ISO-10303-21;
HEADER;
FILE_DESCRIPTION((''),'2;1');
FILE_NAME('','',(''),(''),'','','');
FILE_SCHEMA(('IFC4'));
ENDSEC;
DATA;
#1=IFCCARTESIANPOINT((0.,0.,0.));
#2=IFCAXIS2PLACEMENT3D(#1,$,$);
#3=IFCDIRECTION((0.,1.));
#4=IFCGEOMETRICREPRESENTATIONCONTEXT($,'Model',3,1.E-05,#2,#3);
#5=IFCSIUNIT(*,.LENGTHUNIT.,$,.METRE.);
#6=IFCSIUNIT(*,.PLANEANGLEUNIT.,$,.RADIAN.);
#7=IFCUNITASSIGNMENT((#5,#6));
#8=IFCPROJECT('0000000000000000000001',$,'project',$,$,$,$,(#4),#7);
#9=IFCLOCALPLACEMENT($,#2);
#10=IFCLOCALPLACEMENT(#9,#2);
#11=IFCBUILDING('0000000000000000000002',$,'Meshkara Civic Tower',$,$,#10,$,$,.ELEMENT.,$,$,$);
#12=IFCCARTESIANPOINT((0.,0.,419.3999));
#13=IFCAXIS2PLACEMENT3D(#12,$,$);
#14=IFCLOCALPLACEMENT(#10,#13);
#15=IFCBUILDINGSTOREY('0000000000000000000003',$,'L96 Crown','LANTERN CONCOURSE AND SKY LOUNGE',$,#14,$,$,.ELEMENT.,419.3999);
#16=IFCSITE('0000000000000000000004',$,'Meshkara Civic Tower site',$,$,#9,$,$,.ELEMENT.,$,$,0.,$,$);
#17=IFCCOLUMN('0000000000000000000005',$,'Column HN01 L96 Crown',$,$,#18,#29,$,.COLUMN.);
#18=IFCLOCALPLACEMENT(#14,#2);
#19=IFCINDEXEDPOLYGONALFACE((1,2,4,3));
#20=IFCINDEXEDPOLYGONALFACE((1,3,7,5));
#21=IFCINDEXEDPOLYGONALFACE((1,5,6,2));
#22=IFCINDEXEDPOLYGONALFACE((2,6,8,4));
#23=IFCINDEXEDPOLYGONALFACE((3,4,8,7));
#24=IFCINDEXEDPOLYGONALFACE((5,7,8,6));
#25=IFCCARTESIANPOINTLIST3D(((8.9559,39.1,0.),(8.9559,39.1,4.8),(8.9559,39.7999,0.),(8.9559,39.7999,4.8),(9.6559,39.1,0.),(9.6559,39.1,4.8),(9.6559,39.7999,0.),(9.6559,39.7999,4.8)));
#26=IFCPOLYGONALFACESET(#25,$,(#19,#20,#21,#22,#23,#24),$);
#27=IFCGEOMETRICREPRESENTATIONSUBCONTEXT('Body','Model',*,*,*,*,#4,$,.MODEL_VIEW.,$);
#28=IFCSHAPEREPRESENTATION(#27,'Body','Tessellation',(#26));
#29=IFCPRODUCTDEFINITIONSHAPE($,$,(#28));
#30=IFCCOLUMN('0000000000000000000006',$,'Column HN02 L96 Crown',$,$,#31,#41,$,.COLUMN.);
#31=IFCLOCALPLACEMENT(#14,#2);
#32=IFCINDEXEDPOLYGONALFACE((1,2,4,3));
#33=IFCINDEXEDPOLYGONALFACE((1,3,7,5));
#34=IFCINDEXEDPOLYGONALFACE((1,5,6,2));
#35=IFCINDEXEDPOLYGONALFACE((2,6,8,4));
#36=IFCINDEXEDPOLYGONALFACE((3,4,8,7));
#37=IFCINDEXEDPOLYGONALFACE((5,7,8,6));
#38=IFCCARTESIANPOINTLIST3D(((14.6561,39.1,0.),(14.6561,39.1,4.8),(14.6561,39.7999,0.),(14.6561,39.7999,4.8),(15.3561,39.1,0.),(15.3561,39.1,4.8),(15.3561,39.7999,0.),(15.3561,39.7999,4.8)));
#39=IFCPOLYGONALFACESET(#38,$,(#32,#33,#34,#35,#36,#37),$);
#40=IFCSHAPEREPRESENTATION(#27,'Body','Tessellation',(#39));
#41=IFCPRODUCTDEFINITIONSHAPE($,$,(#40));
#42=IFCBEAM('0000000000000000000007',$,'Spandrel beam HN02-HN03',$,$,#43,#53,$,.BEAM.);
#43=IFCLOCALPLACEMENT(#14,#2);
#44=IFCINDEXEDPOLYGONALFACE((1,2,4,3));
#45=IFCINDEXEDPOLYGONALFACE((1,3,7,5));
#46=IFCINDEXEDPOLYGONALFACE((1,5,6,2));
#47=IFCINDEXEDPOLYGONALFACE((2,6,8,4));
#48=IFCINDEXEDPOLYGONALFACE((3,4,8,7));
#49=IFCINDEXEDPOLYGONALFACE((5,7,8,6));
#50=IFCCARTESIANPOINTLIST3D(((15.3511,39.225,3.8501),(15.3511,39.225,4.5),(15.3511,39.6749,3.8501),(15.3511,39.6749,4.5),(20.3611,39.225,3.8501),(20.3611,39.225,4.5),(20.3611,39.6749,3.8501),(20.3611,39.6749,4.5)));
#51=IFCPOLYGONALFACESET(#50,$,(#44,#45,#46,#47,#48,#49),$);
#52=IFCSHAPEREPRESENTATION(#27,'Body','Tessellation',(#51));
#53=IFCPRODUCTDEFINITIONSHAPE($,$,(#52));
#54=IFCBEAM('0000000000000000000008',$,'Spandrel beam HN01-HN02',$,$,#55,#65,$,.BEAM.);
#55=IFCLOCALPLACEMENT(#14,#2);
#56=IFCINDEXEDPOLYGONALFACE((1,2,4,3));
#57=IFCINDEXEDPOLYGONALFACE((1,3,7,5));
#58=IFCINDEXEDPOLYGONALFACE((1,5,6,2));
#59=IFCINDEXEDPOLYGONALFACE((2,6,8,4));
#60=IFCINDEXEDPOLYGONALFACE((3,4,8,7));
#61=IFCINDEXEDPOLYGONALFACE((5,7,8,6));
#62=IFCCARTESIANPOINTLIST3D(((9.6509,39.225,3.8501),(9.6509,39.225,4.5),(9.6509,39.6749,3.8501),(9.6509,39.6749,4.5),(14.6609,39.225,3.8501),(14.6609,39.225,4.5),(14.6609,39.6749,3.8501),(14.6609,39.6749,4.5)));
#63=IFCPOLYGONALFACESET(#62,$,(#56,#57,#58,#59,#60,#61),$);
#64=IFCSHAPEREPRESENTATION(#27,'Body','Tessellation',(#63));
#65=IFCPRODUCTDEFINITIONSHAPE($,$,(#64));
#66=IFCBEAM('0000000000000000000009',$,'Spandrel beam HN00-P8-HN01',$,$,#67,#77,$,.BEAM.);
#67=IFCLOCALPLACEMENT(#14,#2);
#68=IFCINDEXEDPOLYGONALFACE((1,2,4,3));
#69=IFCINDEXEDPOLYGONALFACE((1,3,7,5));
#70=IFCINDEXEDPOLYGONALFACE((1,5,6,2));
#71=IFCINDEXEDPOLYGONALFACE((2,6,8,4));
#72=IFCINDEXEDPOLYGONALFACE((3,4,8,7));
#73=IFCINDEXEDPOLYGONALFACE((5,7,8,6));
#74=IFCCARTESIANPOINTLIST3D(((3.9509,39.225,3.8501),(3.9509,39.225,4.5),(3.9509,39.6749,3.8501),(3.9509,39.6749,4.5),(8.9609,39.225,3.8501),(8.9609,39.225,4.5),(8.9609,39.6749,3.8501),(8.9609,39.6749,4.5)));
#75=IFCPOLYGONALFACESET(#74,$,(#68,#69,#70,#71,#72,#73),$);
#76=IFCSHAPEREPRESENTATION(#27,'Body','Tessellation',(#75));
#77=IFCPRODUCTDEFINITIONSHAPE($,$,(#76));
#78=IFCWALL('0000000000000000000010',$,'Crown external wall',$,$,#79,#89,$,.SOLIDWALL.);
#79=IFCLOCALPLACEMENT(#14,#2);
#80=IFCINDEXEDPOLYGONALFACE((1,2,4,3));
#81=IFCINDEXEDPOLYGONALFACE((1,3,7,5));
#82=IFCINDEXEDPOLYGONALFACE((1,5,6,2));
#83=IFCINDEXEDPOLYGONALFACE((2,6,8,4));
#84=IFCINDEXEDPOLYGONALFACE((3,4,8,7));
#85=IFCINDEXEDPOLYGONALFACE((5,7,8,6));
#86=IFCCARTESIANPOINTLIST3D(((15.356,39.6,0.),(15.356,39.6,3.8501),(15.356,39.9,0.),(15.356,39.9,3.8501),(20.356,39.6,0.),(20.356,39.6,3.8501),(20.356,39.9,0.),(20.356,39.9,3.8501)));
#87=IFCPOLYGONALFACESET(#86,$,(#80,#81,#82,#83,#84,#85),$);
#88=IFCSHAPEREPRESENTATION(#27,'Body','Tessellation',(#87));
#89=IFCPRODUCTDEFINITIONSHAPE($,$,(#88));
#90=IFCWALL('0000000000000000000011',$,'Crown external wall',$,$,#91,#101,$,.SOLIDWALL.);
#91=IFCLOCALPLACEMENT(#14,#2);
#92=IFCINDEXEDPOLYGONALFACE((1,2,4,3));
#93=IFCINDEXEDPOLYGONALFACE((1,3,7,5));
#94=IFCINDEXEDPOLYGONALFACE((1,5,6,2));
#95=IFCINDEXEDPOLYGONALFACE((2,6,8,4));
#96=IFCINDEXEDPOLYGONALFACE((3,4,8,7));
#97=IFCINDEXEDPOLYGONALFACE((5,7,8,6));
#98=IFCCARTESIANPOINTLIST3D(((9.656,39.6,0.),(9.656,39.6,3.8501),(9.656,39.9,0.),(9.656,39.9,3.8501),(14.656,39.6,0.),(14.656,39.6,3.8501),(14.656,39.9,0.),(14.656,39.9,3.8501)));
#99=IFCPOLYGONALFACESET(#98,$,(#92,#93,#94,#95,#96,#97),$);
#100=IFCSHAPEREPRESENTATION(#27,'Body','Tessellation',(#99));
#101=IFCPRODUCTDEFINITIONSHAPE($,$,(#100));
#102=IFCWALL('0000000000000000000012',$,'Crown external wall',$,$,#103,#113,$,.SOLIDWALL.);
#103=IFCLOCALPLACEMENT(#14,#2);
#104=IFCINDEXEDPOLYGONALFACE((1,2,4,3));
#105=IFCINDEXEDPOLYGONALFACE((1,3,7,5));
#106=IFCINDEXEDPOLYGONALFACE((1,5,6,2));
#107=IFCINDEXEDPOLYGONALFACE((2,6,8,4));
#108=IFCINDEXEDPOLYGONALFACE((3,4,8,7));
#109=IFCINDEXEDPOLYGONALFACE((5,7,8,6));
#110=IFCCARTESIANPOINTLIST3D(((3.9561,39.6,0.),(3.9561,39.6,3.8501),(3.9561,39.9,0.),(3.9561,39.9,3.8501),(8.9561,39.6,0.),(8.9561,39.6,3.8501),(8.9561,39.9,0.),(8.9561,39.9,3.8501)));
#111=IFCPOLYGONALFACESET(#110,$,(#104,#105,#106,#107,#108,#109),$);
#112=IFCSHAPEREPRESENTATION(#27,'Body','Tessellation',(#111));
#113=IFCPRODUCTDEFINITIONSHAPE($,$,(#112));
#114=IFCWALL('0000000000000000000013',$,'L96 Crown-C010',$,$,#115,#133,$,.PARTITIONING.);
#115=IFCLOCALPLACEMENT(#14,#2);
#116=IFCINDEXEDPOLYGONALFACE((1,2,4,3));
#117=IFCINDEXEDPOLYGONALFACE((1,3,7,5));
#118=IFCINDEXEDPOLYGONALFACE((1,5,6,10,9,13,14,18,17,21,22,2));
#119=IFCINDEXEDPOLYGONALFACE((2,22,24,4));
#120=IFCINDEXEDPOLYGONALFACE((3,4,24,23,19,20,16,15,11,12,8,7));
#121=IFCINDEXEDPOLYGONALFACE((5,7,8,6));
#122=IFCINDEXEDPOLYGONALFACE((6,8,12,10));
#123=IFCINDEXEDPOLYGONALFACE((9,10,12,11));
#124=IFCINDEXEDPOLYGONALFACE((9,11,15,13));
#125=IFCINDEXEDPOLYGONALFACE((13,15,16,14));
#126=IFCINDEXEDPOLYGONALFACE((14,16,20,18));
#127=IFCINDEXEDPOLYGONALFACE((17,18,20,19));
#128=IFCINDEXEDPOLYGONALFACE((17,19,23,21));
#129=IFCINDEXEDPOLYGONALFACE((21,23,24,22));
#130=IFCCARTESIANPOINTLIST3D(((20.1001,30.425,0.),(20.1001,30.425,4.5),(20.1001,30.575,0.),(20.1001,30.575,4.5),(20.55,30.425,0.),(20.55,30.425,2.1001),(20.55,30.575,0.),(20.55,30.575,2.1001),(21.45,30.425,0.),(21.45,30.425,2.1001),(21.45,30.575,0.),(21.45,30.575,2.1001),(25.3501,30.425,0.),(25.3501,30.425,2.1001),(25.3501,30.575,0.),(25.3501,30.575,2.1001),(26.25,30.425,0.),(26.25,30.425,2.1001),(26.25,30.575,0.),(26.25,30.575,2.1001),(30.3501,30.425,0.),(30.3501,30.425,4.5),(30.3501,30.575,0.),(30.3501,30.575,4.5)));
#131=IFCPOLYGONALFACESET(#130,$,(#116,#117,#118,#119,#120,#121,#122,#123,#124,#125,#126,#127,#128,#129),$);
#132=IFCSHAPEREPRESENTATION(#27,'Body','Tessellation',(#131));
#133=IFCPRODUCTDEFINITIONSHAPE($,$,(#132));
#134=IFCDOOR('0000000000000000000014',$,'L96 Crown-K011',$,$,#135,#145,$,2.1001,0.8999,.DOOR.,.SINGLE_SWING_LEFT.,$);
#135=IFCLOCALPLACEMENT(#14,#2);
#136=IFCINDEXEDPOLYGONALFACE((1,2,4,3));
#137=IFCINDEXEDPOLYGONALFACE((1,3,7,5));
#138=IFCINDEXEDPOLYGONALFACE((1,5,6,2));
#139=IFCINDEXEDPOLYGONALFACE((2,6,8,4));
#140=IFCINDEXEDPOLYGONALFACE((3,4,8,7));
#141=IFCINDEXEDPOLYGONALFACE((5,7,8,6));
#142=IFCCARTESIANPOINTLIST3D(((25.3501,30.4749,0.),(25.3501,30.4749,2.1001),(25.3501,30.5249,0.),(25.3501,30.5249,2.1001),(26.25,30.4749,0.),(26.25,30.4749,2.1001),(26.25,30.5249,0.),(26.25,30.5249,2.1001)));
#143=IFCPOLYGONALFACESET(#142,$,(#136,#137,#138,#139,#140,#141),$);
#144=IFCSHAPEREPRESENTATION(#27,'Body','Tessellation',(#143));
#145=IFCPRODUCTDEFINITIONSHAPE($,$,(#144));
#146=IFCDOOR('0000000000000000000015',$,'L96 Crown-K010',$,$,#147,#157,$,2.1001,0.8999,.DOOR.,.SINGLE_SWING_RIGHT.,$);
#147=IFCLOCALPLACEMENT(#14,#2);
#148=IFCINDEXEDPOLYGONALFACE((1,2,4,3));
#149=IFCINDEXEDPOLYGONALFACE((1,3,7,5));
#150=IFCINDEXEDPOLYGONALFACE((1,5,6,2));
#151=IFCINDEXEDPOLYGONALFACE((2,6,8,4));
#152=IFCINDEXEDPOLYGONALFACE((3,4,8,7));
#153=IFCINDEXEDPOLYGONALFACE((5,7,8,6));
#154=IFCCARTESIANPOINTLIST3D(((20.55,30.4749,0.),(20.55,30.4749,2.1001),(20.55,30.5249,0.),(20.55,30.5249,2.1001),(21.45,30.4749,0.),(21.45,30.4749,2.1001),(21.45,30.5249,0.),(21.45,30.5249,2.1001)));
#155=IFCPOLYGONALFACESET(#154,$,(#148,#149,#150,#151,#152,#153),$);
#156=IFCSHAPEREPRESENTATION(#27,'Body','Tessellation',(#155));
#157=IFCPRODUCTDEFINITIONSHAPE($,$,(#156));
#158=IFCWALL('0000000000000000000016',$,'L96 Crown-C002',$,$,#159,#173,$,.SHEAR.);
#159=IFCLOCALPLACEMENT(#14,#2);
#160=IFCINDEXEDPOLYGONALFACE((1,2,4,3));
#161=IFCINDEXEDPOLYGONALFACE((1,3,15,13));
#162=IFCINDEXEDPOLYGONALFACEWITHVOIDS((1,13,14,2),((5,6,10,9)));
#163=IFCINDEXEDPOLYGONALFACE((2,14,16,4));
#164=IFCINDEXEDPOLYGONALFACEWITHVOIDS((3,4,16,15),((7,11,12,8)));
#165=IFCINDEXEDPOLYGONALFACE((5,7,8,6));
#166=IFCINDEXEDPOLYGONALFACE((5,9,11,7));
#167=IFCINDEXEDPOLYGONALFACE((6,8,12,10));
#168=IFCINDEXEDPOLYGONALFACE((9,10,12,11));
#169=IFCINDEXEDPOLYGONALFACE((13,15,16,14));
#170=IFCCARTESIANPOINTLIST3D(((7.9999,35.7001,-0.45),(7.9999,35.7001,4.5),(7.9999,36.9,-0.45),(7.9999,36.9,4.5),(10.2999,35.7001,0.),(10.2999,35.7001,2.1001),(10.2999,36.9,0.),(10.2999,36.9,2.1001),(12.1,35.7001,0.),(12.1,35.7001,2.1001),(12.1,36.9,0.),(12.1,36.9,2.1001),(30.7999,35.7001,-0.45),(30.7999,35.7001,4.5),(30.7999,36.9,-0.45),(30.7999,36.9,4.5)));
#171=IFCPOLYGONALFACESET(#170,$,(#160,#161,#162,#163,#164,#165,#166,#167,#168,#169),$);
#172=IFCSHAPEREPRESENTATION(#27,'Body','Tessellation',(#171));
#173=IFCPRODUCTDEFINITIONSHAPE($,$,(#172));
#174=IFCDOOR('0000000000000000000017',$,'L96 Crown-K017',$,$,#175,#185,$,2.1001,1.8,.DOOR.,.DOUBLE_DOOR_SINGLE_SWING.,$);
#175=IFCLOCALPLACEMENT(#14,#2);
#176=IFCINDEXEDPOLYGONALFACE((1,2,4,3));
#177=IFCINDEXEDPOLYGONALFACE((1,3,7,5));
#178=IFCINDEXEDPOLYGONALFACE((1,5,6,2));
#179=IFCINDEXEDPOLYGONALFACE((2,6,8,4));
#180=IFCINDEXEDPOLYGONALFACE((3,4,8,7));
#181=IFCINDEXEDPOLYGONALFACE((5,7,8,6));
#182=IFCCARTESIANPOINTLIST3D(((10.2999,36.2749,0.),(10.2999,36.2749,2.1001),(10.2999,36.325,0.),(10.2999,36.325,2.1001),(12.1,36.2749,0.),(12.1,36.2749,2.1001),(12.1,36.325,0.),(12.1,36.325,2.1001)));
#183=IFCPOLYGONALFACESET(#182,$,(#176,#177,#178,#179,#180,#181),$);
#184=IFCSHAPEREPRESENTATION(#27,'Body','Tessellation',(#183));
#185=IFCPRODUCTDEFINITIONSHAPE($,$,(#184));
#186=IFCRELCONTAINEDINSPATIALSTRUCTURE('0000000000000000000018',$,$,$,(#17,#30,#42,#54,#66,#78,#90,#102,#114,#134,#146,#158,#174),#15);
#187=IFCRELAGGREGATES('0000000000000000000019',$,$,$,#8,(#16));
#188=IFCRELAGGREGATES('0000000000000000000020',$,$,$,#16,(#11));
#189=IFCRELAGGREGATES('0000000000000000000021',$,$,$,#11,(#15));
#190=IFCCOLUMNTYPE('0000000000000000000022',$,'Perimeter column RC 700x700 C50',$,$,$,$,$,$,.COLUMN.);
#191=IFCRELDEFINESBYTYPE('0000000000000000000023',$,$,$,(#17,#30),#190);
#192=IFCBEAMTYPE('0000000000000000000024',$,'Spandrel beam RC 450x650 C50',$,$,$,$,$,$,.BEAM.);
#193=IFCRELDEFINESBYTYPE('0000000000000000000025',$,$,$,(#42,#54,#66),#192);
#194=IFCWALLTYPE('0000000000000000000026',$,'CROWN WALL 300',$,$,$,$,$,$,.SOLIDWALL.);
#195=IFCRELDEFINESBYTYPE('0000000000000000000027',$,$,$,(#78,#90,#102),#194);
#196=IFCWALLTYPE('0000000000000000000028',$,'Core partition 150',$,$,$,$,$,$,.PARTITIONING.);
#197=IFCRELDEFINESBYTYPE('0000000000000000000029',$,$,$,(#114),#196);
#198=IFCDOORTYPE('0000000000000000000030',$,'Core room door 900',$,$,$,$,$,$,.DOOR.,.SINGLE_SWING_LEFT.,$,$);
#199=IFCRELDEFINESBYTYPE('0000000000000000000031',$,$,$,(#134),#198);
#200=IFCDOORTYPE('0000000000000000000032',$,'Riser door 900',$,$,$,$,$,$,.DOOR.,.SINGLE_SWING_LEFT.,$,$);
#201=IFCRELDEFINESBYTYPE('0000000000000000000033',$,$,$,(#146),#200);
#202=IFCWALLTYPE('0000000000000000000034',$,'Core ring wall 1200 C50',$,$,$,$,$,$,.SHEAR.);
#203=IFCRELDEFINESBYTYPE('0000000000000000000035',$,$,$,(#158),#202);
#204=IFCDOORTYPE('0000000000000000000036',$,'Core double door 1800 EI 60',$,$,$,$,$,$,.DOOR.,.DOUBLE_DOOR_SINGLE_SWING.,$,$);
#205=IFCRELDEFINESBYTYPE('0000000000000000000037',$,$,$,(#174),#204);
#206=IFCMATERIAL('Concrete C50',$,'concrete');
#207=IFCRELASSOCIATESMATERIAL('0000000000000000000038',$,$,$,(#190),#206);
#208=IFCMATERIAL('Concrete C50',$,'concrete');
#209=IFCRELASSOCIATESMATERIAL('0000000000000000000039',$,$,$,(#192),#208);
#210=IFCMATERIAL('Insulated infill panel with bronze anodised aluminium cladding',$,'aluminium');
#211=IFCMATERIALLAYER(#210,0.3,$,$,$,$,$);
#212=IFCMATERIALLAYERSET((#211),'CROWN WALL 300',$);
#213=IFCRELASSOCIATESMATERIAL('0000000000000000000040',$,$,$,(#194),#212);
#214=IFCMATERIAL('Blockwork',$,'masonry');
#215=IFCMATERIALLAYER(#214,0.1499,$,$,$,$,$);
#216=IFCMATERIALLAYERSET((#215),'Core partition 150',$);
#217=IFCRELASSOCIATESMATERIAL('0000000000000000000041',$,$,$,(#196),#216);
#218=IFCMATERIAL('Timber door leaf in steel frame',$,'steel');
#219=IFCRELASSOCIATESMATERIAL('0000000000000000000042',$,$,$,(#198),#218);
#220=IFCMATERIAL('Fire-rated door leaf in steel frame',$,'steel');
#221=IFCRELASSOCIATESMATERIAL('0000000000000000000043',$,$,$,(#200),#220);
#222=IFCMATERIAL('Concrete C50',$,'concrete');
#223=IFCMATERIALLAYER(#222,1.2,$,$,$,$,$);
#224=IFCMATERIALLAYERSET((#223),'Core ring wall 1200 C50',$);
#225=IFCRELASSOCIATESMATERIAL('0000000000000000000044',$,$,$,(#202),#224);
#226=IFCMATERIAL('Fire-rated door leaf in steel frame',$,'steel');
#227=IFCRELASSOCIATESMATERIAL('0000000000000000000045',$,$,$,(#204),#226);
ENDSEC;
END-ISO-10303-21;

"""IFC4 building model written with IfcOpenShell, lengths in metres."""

from ifc_helpers import new_model, si_unit, direction, frame, frame_2d, origin, origin_2d, place, context, subcontext, project, spatial, rectangle, extrude, material, layer, layer_set, material_profile, profile_set, type_object, element, fill, save


model = new_model("IFC4")

# Units and contexts
model_context = context("Model", 3, precision=1e-05, world=origin(), true_north=direction((0.0, 1.0)))
body_context = subcontext(model_context, "Body", "Model", "MODEL_VIEW")
ifc_project = project(units=[si_unit("LENGTHUNIT", "METRE"), si_unit("PLANEANGLEUNIT", "RADIAN")], contexts=[model_context])

# Site, building, storey
site_placement = place(None, origin())
site = spatial("IfcSite", under=ifc_project, at=site_placement, Name="Meshkara Civic Tower site", CompositionType="ELEMENT", RefElevation=0.0)
building_placement = place(site_placement, origin())
building = spatial("IfcBuilding", under=site, at=building_placement, Name="Meshkara Civic Tower", CompositionType="ELEMENT")
storey_placement = place(building_placement, frame((0.0, 0.0, 419.3999)))
storey = spatial("IfcBuildingStorey", under=building, at=storey_placement, Name="L96 Crown", Description="LANTERN CONCOURSE AND SKY LOUNGE", CompositionType="ELEMENT", Elevation=419.3999)

# Columns
ifc_material_1 = material(Name="Concrete C50", Category="concrete")
ifc_material_profile_1 = material_profile(ifc_material_1, rectangle(XDim=0.7, YDim=0.7, at=origin_2d()))
ifc_profile_set_1 = profile_set([ifc_material_profile_1], Name="Concrete C50")
column_type = type_object("IfcColumnType", Name="Perimeter column RC 700x700 C50", PredefinedType="COLUMN", material=ifc_profile_set_1)
for number, where, z_axis, x_axis, name in (
    (1, (9.3059, 39.45, 0.0), (0.0, 0.0, 1.0), (1.0, 0.0, 0.0), "Column HN01 L96 Crown"),
    (2, (15.0061, 39.45, 0.0), (0.0, 0.0, 1.0), (1.0, 0.0, 0.0), "Column HN02 L96 Crown"),
):
    element("IfcColumn", number, at=place(storey_placement, frame(where, z_axis=z_axis, x_axis=x_axis)), inside=storey, type_object=column_type, Name=name, PredefinedType="COLUMN", context=body_context, shape_type="SweptSolid", body=[
        extrude(rectangle(XDim=0.7, YDim=0.7, at=origin_2d()), origin(), (0.0, 0.0, 1.0), 4.8),
    ])

# Beams
ifc_material_2 = material(Name="Concrete C50", Category="concrete")
ifc_material_profile_2 = material_profile(ifc_material_2, rectangle(XDim=0.45, YDim=0.6499, at=origin_2d()))
ifc_profile_set_2 = profile_set([ifc_material_profile_2], Name="Concrete C50")
beam_type = type_object("IfcBeamType", Name="Spandrel beam RC 450x650 C50", PredefinedType="BEAM", material=ifc_profile_set_2)
for number, where, z_axis, x_axis, name in (
    (3, (20.3611, 39.45, 4.175), (-1.0, 0.0, 0.0), (0.0, -1.0, 0.0), "Spandrel beam HN02-HN03"),
    (4, (14.6609, 39.45, 4.175), (-1.0, 0.0, 0.0), (0.0, -1.0, 0.0), "Spandrel beam HN01-HN02"),
    (5, (8.9609, 39.45, 4.175), (-1.0, 0.0, 0.0), (0.0, -1.0, 0.0), "Spandrel beam HN00-P8-HN01"),
):
    element("IfcBeam", number, at=place(storey_placement, frame(where, z_axis=z_axis, x_axis=x_axis)), inside=storey, type_object=beam_type, Name=name, PredefinedType="BEAM", context=body_context, shape_type="SweptSolid", body=[
        extrude(rectangle(XDim=0.45, YDim=0.6499, at=origin_2d()), origin(), (0.0, 0.0, 1.0), 5.01),
    ])

# Walls
ifc_material_3 = material(Name="Insulated infill panel with bronze anodised aluminium cladding", Category="aluminium")
ifc_layer_1 = layer(ifc_material_3, 0.3)
ifc_layer_set_1 = layer_set([ifc_layer_1], Name="CROWN WALL 300")
wall_type_1 = type_object("IfcWallType", Name="CROWN WALL 300", PredefinedType="SOLIDWALL", material=ifc_layer_set_1)
for number, where, z_axis, x_axis, name in (
    (6, (20.356, 39.75, 0.0), (0.0, 0.0, 1.0), (-1.0, 0.0, 0.0), "Crown external wall"),
    (7, (14.656, 39.75, 0.0), (0.0, 0.0, 1.0), (-1.0, 0.0, 0.0), "Crown external wall"),
    (8, (8.9561, 39.75, 0.0), (0.0, 0.0, 1.0), (-1.0, 0.0, 0.0), "Crown external wall"),
):
    element("IfcWall", number, at=place(storey_placement, frame(where, z_axis=z_axis, x_axis=x_axis)), inside=storey, type_object=wall_type_1, Name=name, PredefinedType="SOLIDWALL", context=body_context, shape_type="SweptSolid", body=[
        extrude(rectangle(XDim=5.0, YDim=0.3, at=frame_2d((2.5, 0.0))), origin(), (0.0, 0.0, 1.0), 3.8501),
    ])

# Wall, openings, doors
ifc_material_4 = material(Name="Blockwork", Category="masonry")
ifc_layer_2 = layer(ifc_material_4, 0.1499)
ifc_layer_set_2 = layer_set([ifc_layer_2], Name="Core partition 150")
wall_type_2 = type_object("IfcWallType", Name="Core partition 150", PredefinedType="PARTITIONING", material=ifc_layer_set_2)
wall_1_placement = place(storey_placement, frame((20.1001, 30.5, 0.0), z_axis=(0.0, 0.0, 1.0), x_axis=(1.0, 0.0, 0.0)))
wall_1 = element("IfcWall", 9, at=wall_1_placement, inside=storey, type_object=wall_type_2, Name="L96 Crown-C010", PredefinedType="PARTITIONING", context=body_context, shape_type="SweptSolid", body=[
    extrude(rectangle(XDim=10.25, YDim=0.1499, at=frame_2d((5.125, 0.0))), origin(), (0.0, 0.0, 1.0), 4.5),
])
opening_1_placement = place(wall_1_placement, frame((0.45, 0.0, 0.0)))
opening_1 = element("IfcOpeningElement", 10, at=opening_1_placement, cuts=wall_1, PredefinedType="OPENING", context=body_context, shape_type="SweptSolid", body=[
    extrude(rectangle(XDim=0.8999, YDim=2.1001, at=frame_2d((0.45, 1.05))), frame((0.0, 0.085, 0.0), z_axis=(0.0, -1.0, 0.0), x_axis=(1.0, 0.0, 0.0)), (0.0, 0.0, 1.0), 0.1699),
])
opening_2_placement = place(wall_1_placement, frame((5.25, 0.0, 0.0)))
opening_2 = element("IfcOpeningElement", 11, at=opening_2_placement, cuts=wall_1, PredefinedType="OPENING", context=body_context, shape_type="SweptSolid", body=[
    extrude(rectangle(XDim=0.8999, YDim=2.1001, at=frame_2d((0.45, 1.05))), frame((0.0, 0.085, 0.0), z_axis=(0.0, -1.0, 0.0), x_axis=(1.0, 0.0, 0.0)), (0.0, 0.0, 1.0), 0.1699),
])
ifc_material_5 = material(Name="Timber door leaf in steel frame", Category="steel")
door_type_1 = type_object("IfcDoorType", Name="Core room door 900", OperationType="SINGLE_SWING_LEFT", PredefinedType="DOOR", material=ifc_material_5)
door_1_placement = place(opening_2_placement, origin())
door_1 = element("IfcDoor", 12, at=door_1_placement, inside=storey, type_object=door_type_1, Name="L96 Crown-K011", OperationType="SINGLE_SWING_LEFT", OverallHeight=2.1001, OverallWidth=0.8999, PredefinedType="DOOR", context=body_context, shape_type="SweptSolid", body=[
    extrude(rectangle(XDim=0.8999, YDim=2.1001, at=frame_2d((0.45, 1.05))), frame((0.0, 0.0249, 0.0), z_axis=(0.0, -1.0, 0.0), x_axis=(1.0, 0.0, 0.0)), (0.0, 0.0, 1.0), 0.05),
])
fill(opening_2, door_1)
ifc_material_6 = material(Name="Fire-rated door leaf in steel frame", Category="steel")
door_type_2 = type_object("IfcDoorType", Name="Riser door 900", OperationType="SINGLE_SWING_LEFT", PredefinedType="DOOR", material=ifc_material_6)
door_2_placement = place(opening_1_placement, origin())
door_2 = element("IfcDoor", 13, at=door_2_placement, inside=storey, type_object=door_type_2, Name="L96 Crown-K010", OperationType="SINGLE_SWING_RIGHT", OverallHeight=2.1001, OverallWidth=0.8999, PredefinedType="DOOR", context=body_context, shape_type="SweptSolid", body=[
    extrude(rectangle(XDim=0.8999, YDim=2.1001, at=frame_2d((0.45, 1.05))), frame((0.0, 0.0249, 0.0), z_axis=(0.0, -1.0, 0.0), x_axis=(1.0, 0.0, 0.0)), (0.0, 0.0, 1.0), 0.05),
])
fill(opening_1, door_2)

# Wall, opening, door
ifc_material_7 = material(Name="Concrete C50", Category="concrete")
ifc_layer_3 = layer(ifc_material_7, 1.2)
ifc_layer_set_3 = layer_set([ifc_layer_3], Name="Core ring wall 1200 C50")
wall_type_3 = type_object("IfcWallType", Name="Core ring wall 1200 C50", PredefinedType="SHEAR", material=ifc_layer_set_3)
wall_2_placement = place(storey_placement, frame((8.0, 36.3, -0.45), z_axis=(0.0, 0.0, 1.0), x_axis=(1.0, 0.0, 0.0)))
wall_2 = element("IfcWall", 14, at=wall_2_placement, inside=storey, type_object=wall_type_3, Name="L96 Crown-C002", PredefinedType="SHEAR", context=body_context, shape_type="SweptSolid", body=[
    extrude(rectangle(XDim=22.8, YDim=1.2, at=frame_2d((11.3999, 0.0))), origin(), (0.0, 0.0, 1.0), 4.95),
])
opening_3_placement = place(wall_2_placement, frame((2.3, 0.0, 0.45)))
opening_3 = element("IfcOpeningElement", 15, at=opening_3_placement, cuts=wall_2, PredefinedType="OPENING", context=body_context, shape_type="SweptSolid", body=[
    extrude(rectangle(XDim=1.8, YDim=2.1001, at=frame_2d((0.8999, 1.05))), frame((0.0, 0.6099, 0.0), z_axis=(0.0, -1.0, 0.0), x_axis=(1.0, 0.0, 0.0)), (0.0, 0.0, 1.0), 1.22),
])
ifc_material_8 = material(Name="Fire-rated door leaf in steel frame", Category="steel")
door_type_3 = type_object("IfcDoorType", Name="Core double door 1800 EI 60", OperationType="DOUBLE_DOOR_SINGLE_SWING", PredefinedType="DOOR", material=ifc_material_8)
door_3_placement = place(opening_3_placement, origin())
door_3 = element("IfcDoor", 16, at=door_3_placement, inside=storey, type_object=door_type_3, Name="L96 Crown-K017", OperationType="DOUBLE_DOOR_SINGLE_SWING", OverallHeight=2.1001, OverallWidth=1.8, PredefinedType="DOOR", context=body_context, shape_type="SweptSolid", body=[
    extrude(rectangle(XDim=1.8, YDim=2.1001, at=frame_2d((0.8999, 1.05))), frame((0.0, 0.0249, 0.0), z_axis=(0.0, -1.0, 0.0), x_axis=(1.0, 0.0, 0.0)), (0.0, 0.0, 1.0), 0.05),
])
fill(opening_3, door_3)

save(model, "model.ifc")
